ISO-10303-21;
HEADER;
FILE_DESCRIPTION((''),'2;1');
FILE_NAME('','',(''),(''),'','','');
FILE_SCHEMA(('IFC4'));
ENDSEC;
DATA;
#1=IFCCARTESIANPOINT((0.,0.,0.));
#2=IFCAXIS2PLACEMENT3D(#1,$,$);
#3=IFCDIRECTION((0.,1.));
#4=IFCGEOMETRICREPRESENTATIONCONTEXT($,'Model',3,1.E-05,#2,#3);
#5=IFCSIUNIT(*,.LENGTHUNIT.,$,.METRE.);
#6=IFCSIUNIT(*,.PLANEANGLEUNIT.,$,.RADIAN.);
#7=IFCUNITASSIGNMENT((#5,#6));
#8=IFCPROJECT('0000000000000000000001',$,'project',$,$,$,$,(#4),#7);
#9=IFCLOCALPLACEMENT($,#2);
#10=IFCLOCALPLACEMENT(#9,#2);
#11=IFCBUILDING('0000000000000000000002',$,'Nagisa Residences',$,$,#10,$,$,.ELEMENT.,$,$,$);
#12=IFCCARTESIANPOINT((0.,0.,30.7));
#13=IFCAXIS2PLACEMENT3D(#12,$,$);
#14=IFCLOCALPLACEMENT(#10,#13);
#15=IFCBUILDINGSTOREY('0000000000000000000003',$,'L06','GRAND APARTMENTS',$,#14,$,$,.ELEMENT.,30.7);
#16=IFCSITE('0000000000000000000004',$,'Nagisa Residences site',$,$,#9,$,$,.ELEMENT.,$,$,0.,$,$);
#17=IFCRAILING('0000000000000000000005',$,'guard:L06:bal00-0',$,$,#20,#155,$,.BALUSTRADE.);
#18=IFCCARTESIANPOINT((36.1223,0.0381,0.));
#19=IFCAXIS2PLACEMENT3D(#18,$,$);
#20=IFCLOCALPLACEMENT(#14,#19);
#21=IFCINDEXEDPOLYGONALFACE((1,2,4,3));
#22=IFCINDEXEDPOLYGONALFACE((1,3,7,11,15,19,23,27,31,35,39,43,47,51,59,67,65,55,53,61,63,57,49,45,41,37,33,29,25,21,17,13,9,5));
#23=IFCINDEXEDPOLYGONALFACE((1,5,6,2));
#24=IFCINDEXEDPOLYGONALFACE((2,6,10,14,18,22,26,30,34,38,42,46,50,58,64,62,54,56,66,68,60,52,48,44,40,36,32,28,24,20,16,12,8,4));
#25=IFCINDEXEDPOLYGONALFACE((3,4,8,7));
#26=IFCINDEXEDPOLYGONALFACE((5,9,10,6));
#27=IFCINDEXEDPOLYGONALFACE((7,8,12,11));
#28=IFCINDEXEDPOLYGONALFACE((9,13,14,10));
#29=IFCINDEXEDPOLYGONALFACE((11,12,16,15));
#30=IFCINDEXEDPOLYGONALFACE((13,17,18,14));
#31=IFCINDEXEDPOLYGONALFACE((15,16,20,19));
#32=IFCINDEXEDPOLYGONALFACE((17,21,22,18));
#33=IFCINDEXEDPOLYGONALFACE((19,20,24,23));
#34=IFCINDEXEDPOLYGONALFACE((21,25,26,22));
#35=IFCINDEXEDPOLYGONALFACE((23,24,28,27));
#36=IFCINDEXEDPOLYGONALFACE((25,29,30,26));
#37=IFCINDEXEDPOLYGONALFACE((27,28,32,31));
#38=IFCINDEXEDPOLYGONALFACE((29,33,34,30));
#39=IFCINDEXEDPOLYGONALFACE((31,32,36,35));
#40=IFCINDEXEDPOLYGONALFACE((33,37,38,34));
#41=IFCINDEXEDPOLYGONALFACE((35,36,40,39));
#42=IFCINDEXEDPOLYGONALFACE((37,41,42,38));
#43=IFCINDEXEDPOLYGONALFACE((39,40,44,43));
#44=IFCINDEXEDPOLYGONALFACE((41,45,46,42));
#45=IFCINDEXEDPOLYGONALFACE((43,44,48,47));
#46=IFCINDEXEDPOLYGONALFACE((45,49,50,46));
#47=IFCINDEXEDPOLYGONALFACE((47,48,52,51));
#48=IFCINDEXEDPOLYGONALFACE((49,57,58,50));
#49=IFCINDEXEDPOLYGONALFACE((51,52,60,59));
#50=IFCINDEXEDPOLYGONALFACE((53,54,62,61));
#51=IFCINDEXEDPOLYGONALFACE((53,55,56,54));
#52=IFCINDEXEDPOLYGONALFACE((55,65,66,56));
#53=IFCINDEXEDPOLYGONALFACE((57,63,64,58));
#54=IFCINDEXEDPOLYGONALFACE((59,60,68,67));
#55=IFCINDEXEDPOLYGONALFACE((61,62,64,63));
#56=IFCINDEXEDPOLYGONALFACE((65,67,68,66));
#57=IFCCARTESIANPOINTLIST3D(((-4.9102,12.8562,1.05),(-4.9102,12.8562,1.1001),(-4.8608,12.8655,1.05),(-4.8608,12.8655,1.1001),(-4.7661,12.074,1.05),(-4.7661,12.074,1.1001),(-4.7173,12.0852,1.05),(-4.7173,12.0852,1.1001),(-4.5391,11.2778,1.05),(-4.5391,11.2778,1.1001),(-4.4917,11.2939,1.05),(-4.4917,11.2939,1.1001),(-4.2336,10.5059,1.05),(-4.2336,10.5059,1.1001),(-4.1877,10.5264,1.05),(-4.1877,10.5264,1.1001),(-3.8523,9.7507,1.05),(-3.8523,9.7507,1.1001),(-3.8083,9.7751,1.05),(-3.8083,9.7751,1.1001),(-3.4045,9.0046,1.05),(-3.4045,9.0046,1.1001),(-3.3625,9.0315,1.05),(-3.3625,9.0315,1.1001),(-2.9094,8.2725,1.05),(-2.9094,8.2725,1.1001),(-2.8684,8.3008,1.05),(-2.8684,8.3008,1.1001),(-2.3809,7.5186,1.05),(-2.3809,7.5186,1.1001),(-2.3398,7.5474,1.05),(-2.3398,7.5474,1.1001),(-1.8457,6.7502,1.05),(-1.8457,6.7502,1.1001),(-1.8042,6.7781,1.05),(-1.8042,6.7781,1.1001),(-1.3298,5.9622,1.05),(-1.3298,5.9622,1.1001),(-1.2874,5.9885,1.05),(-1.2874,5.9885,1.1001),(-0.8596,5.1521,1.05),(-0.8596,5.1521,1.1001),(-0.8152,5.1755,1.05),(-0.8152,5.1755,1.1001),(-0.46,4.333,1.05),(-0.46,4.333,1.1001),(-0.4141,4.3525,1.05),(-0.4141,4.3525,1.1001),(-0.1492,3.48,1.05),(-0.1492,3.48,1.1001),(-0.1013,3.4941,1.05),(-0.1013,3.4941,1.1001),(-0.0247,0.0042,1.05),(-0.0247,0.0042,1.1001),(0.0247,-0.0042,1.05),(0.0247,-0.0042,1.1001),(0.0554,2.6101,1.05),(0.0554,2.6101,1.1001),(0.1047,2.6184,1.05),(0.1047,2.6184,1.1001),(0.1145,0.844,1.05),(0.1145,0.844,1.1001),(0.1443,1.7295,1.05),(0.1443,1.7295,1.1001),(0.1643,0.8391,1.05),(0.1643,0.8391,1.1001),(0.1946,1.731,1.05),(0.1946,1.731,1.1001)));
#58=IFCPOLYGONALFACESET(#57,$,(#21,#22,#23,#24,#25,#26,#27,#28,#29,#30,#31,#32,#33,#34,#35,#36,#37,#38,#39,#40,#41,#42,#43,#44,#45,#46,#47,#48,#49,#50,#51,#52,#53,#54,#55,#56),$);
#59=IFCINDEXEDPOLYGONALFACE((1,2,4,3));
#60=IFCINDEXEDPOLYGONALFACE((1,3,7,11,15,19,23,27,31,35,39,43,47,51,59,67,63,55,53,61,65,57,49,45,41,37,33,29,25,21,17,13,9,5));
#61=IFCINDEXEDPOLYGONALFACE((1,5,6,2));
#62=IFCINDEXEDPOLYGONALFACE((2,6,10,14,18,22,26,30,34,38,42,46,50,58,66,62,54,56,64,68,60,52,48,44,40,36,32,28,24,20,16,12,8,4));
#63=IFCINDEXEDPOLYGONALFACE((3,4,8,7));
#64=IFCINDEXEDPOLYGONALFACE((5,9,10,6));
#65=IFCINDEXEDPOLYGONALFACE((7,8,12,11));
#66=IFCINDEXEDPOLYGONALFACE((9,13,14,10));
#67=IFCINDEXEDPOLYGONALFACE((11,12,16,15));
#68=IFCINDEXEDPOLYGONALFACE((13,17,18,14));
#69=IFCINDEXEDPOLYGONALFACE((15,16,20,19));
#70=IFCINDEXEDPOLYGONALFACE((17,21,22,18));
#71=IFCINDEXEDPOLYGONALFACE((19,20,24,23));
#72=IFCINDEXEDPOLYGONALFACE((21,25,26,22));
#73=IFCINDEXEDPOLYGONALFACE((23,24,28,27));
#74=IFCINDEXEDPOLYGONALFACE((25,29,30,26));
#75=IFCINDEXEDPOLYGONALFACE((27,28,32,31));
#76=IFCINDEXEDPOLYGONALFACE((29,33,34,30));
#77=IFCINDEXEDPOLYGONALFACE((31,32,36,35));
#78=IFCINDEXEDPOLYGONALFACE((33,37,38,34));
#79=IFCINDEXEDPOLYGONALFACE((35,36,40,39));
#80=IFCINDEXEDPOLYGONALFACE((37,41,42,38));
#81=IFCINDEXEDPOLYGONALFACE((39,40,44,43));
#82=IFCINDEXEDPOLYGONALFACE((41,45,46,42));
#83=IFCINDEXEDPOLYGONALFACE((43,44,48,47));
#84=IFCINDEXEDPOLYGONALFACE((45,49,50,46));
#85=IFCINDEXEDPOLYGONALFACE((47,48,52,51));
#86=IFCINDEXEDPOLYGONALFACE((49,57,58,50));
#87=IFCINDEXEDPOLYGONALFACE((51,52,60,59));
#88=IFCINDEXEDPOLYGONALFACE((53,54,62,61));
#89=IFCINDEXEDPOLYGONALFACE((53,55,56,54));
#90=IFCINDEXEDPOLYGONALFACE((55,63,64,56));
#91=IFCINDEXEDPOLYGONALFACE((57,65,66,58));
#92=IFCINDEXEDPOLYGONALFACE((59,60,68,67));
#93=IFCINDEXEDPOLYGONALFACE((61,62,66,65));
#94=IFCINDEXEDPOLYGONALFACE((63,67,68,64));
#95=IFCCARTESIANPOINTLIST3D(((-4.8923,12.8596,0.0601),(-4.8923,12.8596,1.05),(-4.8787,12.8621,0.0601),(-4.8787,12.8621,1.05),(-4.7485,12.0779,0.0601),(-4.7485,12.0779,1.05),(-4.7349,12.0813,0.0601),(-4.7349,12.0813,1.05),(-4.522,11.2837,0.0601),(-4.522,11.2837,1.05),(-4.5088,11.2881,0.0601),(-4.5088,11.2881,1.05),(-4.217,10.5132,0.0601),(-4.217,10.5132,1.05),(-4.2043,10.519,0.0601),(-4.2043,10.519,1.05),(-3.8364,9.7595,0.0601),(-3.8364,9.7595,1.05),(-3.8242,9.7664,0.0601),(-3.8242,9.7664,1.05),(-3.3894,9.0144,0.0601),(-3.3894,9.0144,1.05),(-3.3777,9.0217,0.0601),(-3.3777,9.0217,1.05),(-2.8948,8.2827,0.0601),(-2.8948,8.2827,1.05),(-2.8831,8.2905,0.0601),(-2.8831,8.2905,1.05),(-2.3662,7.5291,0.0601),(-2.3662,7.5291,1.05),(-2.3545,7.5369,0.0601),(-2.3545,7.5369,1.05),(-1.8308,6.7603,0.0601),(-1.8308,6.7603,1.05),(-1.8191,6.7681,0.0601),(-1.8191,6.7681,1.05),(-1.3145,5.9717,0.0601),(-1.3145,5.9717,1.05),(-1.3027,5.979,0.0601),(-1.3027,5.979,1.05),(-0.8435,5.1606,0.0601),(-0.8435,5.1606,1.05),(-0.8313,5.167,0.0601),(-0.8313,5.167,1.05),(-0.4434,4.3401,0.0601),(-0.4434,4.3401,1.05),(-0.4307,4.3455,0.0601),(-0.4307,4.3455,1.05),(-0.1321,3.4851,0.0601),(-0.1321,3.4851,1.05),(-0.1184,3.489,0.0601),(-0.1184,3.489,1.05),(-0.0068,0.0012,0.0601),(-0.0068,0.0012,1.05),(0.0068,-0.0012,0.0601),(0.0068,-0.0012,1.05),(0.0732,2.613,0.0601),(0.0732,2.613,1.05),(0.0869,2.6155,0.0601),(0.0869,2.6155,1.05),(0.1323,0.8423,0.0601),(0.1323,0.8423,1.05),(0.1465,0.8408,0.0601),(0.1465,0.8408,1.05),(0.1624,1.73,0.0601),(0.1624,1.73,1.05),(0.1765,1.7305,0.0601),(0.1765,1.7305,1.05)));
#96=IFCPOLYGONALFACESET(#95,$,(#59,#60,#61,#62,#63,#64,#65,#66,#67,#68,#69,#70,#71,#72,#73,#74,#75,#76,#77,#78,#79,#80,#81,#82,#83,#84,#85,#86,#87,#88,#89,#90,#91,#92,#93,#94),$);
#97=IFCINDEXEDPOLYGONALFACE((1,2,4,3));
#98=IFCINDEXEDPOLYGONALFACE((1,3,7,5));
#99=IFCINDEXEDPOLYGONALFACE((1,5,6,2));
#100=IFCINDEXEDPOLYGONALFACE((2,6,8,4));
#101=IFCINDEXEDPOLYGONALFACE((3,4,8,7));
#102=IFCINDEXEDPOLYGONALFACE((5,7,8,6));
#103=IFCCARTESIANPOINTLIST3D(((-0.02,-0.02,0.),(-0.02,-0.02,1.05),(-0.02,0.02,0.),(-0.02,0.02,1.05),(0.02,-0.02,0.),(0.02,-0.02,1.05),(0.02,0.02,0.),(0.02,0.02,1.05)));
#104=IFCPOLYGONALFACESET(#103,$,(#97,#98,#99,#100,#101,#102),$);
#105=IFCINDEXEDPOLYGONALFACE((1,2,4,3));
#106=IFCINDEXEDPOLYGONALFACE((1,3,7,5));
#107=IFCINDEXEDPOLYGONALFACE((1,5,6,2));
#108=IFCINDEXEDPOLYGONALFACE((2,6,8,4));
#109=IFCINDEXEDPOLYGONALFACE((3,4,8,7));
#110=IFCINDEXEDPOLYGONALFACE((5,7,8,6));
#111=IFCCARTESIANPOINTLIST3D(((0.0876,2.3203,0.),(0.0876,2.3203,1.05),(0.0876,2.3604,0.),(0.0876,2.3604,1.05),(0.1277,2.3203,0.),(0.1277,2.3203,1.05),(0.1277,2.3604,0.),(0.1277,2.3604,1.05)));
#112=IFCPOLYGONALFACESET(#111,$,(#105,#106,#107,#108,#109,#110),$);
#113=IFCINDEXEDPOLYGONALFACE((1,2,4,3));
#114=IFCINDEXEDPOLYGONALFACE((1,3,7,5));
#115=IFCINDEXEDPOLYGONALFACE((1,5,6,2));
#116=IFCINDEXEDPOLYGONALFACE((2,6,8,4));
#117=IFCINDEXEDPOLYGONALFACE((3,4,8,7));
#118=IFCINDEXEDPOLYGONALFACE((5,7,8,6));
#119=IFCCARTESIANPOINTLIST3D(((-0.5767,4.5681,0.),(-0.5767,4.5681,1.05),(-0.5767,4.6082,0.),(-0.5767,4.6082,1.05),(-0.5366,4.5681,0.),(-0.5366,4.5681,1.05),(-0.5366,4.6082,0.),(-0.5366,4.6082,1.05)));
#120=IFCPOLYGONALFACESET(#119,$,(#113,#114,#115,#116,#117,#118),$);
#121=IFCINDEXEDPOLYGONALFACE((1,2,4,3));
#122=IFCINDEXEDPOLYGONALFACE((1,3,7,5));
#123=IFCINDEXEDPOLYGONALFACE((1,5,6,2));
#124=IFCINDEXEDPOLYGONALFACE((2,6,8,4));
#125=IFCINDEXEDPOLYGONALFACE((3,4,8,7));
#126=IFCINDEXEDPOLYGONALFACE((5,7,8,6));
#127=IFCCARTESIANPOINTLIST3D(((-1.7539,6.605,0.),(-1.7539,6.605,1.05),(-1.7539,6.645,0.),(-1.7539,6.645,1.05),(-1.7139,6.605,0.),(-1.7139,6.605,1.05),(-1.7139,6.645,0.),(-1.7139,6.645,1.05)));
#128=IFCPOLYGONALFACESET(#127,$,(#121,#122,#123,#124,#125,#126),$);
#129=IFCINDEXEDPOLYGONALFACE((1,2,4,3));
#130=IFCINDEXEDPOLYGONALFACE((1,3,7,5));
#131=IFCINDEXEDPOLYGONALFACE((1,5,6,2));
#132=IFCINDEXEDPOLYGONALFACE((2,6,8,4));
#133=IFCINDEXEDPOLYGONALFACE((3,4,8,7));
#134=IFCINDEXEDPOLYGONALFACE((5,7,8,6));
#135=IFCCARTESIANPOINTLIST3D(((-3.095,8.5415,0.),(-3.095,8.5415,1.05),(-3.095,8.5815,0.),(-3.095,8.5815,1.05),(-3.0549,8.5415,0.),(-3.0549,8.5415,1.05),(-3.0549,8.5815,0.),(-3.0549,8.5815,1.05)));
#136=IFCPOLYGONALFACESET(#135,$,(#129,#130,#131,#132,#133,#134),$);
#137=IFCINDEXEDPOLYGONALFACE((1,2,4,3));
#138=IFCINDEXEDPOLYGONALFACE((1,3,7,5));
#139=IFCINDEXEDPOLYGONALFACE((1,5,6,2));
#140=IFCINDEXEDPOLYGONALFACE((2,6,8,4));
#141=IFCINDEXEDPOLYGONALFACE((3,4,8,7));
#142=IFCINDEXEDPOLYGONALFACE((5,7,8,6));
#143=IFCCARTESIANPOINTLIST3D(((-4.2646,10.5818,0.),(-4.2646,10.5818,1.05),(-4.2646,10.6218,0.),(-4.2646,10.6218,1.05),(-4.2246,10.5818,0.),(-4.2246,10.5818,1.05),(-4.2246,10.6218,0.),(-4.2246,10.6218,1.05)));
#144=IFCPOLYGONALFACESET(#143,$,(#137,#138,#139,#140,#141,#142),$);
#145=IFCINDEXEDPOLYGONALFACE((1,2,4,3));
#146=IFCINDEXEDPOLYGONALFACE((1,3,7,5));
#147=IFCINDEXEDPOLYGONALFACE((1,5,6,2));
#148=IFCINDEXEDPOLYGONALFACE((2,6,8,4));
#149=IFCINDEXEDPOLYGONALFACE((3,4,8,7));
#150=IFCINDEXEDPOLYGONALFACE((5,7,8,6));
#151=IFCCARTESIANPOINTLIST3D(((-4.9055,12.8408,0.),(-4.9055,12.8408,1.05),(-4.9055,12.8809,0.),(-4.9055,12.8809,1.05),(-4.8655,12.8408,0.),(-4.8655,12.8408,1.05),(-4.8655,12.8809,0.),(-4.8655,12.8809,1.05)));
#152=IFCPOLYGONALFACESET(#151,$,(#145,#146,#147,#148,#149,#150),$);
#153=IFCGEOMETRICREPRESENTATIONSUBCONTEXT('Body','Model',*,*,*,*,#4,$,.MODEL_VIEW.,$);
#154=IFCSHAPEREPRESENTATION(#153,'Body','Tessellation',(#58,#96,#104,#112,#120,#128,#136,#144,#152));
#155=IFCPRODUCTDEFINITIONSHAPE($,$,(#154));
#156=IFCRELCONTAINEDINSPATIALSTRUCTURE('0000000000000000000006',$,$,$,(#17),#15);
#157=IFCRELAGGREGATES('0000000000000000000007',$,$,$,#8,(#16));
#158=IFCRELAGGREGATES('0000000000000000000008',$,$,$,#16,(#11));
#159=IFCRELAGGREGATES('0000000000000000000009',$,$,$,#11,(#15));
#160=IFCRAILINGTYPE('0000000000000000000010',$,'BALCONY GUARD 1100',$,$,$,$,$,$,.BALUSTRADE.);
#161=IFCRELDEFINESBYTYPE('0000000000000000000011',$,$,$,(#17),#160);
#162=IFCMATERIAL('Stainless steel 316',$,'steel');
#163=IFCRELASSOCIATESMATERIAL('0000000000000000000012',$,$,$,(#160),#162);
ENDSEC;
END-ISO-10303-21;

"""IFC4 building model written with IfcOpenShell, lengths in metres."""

from ifc_helpers import new_model, si_unit, direction, frame, origin, origin_2d, place, context, subcontext, project, spatial, polyline, rectangle, outline, extrude, material, type_object, element, save


model = new_model("IFC4")

# Units and contexts
model_context = context("Model", 3, precision=1e-05, world=origin(), true_north=direction((0.0, 1.0)))
body_context = subcontext(model_context, "Body", "Model", "MODEL_VIEW")
ifc_project = project(units=[si_unit("LENGTHUNIT", "METRE"), si_unit("PLANEANGLEUNIT", "RADIAN")], contexts=[model_context])

# Site, building, storey
site_placement = place(None, origin())
site = spatial("IfcSite", under=ifc_project, at=site_placement, Name="Nagisa Residences site", CompositionType="ELEMENT", RefElevation=0.0)
building_placement = place(site_placement, origin())
building = spatial("IfcBuilding", under=site, at=building_placement, Name="Nagisa Residences", CompositionType="ELEMENT")
storey_placement = place(building_placement, frame((0.0, 0.0, 30.7)))
storey = spatial("IfcBuildingStorey", under=building, at=storey_placement, Name="L06", Description="GRAND APARTMENTS", CompositionType="ELEMENT", Elevation=30.7)

# Railing
ifc_material_1 = material(Name="Stainless steel 316", Category="steel")
railing_type = type_object("IfcRailingType", Name="BALCONY GUARD 1100", PredefinedType="BALUSTRADE", material=ifc_material_1)
railing_1_placement = place(storey_placement, frame((36.1223, 0.0381, 0.0)))
element("IfcRailing", 1, at=railing_1_placement, inside=storey, type_object=railing_type, Name="guard:L06:bal00-0", PredefinedType="BALUSTRADE", context=body_context, shape_type="SweptSolid", body=[
    extrude(outline(polyline([(0.1145, 0.844), (-0.0247, 0.0042), (0.0247, -0.0042), (0.1643, 0.8391), (0.1946, 1.731), (0.1047, 2.6184), (-0.1013, 3.4941), (-0.4141, 4.3525), (-0.8152, 5.1755), (-1.2874, 5.9885), (-1.8042, 6.7781), (-2.3398, 7.5474), (-2.8684, 8.3008), (-3.3625, 9.0315), (-3.8083, 9.7751), (-4.1877, 10.5264), (-4.4917, 11.2939), (-4.7173, 12.0852), (-4.8608, 12.8655), (-4.9102, 12.8562), (-4.7661, 12.074), (-4.5391, 11.2778), (-4.2336, 10.5059), (-3.8523, 9.7507), (-3.4045, 9.0046), (-2.9094, 8.2725), (-2.3809, 7.5186), (-1.8457, 6.7502), (-1.3298, 5.9622), (-0.8596, 5.1521), (-0.46, 4.333), (-0.1492, 3.48), (0.0554, 2.6101), (0.1443, 1.7295), (0.1145, 0.844)])), frame((0.0, 0.0, 1.05)), (0.0, 0.0, 1.0), 0.05),
    extrude(outline(polyline([(0.1323, 0.8423), (-0.0068, 0.0012), (0.0068, -0.0012), (0.1465, 0.8408), (0.1765, 1.7305), (0.0869, 2.6155), (-0.1184, 3.489), (-0.4307, 4.3455), (-0.8313, 5.167), (-1.3027, 5.979), (-1.8191, 6.7681), (-2.3545, 7.5369), (-2.8831, 8.2905), (-3.3777, 9.0217), (-3.8242, 9.7664), (-4.2043, 10.519), (-4.5088, 11.2881), (-4.7349, 12.0813), (-4.8787, 12.8621), (-4.8923, 12.8596), (-4.7485, 12.0779), (-4.522, 11.2837), (-4.217, 10.5132), (-3.8364, 9.7595), (-3.3894, 9.0144), (-2.8948, 8.2827), (-2.3662, 7.5291), (-1.8308, 6.7603), (-1.3145, 5.9717), (-0.8435, 5.1606), (-0.4434, 4.3401), (-0.1321, 3.4851), (0.0732, 2.613), (0.1624, 1.73), (0.1323, 0.8423)])), frame((0.0, 0.0, 0.0601)), (0.0, 0.0, 1.0), 0.99),
    extrude(rectangle(XDim=0.04, YDim=0.04, at=origin_2d()), origin(), (0.0, 0.0, 1.0), 1.05),
    extrude(rectangle(XDim=0.04, YDim=0.04, at=origin_2d()), frame((0.1077, 2.3403, 0.0)), (0.0, 0.0, 1.0), 1.05),
    extrude(rectangle(XDim=0.04, YDim=0.04, at=origin_2d()), frame((-0.5566, 4.5881, 0.0)), (0.0, 0.0, 1.0), 1.05),
    extrude(rectangle(XDim=0.04, YDim=0.04, at=origin_2d()), frame((-1.7339, 6.625, 0.0)), (0.0, 0.0, 1.0), 1.05),
    extrude(rectangle(XDim=0.04, YDim=0.04, at=origin_2d()), frame((-3.075, 8.5615, 0.0)), (0.0, 0.0, 1.0), 1.05),
    extrude(rectangle(XDim=0.04, YDim=0.04, at=origin_2d()), frame((-4.2446, 10.6018, 0.0)), (0.0, 0.0, 1.0), 1.05),
    extrude(rectangle(XDim=0.04, YDim=0.04, at=origin_2d()), frame((-4.8855, 12.8608, 0.0)), (0.0, 0.0, 1.0), 1.05),
])

save(model, "model.ifc")
